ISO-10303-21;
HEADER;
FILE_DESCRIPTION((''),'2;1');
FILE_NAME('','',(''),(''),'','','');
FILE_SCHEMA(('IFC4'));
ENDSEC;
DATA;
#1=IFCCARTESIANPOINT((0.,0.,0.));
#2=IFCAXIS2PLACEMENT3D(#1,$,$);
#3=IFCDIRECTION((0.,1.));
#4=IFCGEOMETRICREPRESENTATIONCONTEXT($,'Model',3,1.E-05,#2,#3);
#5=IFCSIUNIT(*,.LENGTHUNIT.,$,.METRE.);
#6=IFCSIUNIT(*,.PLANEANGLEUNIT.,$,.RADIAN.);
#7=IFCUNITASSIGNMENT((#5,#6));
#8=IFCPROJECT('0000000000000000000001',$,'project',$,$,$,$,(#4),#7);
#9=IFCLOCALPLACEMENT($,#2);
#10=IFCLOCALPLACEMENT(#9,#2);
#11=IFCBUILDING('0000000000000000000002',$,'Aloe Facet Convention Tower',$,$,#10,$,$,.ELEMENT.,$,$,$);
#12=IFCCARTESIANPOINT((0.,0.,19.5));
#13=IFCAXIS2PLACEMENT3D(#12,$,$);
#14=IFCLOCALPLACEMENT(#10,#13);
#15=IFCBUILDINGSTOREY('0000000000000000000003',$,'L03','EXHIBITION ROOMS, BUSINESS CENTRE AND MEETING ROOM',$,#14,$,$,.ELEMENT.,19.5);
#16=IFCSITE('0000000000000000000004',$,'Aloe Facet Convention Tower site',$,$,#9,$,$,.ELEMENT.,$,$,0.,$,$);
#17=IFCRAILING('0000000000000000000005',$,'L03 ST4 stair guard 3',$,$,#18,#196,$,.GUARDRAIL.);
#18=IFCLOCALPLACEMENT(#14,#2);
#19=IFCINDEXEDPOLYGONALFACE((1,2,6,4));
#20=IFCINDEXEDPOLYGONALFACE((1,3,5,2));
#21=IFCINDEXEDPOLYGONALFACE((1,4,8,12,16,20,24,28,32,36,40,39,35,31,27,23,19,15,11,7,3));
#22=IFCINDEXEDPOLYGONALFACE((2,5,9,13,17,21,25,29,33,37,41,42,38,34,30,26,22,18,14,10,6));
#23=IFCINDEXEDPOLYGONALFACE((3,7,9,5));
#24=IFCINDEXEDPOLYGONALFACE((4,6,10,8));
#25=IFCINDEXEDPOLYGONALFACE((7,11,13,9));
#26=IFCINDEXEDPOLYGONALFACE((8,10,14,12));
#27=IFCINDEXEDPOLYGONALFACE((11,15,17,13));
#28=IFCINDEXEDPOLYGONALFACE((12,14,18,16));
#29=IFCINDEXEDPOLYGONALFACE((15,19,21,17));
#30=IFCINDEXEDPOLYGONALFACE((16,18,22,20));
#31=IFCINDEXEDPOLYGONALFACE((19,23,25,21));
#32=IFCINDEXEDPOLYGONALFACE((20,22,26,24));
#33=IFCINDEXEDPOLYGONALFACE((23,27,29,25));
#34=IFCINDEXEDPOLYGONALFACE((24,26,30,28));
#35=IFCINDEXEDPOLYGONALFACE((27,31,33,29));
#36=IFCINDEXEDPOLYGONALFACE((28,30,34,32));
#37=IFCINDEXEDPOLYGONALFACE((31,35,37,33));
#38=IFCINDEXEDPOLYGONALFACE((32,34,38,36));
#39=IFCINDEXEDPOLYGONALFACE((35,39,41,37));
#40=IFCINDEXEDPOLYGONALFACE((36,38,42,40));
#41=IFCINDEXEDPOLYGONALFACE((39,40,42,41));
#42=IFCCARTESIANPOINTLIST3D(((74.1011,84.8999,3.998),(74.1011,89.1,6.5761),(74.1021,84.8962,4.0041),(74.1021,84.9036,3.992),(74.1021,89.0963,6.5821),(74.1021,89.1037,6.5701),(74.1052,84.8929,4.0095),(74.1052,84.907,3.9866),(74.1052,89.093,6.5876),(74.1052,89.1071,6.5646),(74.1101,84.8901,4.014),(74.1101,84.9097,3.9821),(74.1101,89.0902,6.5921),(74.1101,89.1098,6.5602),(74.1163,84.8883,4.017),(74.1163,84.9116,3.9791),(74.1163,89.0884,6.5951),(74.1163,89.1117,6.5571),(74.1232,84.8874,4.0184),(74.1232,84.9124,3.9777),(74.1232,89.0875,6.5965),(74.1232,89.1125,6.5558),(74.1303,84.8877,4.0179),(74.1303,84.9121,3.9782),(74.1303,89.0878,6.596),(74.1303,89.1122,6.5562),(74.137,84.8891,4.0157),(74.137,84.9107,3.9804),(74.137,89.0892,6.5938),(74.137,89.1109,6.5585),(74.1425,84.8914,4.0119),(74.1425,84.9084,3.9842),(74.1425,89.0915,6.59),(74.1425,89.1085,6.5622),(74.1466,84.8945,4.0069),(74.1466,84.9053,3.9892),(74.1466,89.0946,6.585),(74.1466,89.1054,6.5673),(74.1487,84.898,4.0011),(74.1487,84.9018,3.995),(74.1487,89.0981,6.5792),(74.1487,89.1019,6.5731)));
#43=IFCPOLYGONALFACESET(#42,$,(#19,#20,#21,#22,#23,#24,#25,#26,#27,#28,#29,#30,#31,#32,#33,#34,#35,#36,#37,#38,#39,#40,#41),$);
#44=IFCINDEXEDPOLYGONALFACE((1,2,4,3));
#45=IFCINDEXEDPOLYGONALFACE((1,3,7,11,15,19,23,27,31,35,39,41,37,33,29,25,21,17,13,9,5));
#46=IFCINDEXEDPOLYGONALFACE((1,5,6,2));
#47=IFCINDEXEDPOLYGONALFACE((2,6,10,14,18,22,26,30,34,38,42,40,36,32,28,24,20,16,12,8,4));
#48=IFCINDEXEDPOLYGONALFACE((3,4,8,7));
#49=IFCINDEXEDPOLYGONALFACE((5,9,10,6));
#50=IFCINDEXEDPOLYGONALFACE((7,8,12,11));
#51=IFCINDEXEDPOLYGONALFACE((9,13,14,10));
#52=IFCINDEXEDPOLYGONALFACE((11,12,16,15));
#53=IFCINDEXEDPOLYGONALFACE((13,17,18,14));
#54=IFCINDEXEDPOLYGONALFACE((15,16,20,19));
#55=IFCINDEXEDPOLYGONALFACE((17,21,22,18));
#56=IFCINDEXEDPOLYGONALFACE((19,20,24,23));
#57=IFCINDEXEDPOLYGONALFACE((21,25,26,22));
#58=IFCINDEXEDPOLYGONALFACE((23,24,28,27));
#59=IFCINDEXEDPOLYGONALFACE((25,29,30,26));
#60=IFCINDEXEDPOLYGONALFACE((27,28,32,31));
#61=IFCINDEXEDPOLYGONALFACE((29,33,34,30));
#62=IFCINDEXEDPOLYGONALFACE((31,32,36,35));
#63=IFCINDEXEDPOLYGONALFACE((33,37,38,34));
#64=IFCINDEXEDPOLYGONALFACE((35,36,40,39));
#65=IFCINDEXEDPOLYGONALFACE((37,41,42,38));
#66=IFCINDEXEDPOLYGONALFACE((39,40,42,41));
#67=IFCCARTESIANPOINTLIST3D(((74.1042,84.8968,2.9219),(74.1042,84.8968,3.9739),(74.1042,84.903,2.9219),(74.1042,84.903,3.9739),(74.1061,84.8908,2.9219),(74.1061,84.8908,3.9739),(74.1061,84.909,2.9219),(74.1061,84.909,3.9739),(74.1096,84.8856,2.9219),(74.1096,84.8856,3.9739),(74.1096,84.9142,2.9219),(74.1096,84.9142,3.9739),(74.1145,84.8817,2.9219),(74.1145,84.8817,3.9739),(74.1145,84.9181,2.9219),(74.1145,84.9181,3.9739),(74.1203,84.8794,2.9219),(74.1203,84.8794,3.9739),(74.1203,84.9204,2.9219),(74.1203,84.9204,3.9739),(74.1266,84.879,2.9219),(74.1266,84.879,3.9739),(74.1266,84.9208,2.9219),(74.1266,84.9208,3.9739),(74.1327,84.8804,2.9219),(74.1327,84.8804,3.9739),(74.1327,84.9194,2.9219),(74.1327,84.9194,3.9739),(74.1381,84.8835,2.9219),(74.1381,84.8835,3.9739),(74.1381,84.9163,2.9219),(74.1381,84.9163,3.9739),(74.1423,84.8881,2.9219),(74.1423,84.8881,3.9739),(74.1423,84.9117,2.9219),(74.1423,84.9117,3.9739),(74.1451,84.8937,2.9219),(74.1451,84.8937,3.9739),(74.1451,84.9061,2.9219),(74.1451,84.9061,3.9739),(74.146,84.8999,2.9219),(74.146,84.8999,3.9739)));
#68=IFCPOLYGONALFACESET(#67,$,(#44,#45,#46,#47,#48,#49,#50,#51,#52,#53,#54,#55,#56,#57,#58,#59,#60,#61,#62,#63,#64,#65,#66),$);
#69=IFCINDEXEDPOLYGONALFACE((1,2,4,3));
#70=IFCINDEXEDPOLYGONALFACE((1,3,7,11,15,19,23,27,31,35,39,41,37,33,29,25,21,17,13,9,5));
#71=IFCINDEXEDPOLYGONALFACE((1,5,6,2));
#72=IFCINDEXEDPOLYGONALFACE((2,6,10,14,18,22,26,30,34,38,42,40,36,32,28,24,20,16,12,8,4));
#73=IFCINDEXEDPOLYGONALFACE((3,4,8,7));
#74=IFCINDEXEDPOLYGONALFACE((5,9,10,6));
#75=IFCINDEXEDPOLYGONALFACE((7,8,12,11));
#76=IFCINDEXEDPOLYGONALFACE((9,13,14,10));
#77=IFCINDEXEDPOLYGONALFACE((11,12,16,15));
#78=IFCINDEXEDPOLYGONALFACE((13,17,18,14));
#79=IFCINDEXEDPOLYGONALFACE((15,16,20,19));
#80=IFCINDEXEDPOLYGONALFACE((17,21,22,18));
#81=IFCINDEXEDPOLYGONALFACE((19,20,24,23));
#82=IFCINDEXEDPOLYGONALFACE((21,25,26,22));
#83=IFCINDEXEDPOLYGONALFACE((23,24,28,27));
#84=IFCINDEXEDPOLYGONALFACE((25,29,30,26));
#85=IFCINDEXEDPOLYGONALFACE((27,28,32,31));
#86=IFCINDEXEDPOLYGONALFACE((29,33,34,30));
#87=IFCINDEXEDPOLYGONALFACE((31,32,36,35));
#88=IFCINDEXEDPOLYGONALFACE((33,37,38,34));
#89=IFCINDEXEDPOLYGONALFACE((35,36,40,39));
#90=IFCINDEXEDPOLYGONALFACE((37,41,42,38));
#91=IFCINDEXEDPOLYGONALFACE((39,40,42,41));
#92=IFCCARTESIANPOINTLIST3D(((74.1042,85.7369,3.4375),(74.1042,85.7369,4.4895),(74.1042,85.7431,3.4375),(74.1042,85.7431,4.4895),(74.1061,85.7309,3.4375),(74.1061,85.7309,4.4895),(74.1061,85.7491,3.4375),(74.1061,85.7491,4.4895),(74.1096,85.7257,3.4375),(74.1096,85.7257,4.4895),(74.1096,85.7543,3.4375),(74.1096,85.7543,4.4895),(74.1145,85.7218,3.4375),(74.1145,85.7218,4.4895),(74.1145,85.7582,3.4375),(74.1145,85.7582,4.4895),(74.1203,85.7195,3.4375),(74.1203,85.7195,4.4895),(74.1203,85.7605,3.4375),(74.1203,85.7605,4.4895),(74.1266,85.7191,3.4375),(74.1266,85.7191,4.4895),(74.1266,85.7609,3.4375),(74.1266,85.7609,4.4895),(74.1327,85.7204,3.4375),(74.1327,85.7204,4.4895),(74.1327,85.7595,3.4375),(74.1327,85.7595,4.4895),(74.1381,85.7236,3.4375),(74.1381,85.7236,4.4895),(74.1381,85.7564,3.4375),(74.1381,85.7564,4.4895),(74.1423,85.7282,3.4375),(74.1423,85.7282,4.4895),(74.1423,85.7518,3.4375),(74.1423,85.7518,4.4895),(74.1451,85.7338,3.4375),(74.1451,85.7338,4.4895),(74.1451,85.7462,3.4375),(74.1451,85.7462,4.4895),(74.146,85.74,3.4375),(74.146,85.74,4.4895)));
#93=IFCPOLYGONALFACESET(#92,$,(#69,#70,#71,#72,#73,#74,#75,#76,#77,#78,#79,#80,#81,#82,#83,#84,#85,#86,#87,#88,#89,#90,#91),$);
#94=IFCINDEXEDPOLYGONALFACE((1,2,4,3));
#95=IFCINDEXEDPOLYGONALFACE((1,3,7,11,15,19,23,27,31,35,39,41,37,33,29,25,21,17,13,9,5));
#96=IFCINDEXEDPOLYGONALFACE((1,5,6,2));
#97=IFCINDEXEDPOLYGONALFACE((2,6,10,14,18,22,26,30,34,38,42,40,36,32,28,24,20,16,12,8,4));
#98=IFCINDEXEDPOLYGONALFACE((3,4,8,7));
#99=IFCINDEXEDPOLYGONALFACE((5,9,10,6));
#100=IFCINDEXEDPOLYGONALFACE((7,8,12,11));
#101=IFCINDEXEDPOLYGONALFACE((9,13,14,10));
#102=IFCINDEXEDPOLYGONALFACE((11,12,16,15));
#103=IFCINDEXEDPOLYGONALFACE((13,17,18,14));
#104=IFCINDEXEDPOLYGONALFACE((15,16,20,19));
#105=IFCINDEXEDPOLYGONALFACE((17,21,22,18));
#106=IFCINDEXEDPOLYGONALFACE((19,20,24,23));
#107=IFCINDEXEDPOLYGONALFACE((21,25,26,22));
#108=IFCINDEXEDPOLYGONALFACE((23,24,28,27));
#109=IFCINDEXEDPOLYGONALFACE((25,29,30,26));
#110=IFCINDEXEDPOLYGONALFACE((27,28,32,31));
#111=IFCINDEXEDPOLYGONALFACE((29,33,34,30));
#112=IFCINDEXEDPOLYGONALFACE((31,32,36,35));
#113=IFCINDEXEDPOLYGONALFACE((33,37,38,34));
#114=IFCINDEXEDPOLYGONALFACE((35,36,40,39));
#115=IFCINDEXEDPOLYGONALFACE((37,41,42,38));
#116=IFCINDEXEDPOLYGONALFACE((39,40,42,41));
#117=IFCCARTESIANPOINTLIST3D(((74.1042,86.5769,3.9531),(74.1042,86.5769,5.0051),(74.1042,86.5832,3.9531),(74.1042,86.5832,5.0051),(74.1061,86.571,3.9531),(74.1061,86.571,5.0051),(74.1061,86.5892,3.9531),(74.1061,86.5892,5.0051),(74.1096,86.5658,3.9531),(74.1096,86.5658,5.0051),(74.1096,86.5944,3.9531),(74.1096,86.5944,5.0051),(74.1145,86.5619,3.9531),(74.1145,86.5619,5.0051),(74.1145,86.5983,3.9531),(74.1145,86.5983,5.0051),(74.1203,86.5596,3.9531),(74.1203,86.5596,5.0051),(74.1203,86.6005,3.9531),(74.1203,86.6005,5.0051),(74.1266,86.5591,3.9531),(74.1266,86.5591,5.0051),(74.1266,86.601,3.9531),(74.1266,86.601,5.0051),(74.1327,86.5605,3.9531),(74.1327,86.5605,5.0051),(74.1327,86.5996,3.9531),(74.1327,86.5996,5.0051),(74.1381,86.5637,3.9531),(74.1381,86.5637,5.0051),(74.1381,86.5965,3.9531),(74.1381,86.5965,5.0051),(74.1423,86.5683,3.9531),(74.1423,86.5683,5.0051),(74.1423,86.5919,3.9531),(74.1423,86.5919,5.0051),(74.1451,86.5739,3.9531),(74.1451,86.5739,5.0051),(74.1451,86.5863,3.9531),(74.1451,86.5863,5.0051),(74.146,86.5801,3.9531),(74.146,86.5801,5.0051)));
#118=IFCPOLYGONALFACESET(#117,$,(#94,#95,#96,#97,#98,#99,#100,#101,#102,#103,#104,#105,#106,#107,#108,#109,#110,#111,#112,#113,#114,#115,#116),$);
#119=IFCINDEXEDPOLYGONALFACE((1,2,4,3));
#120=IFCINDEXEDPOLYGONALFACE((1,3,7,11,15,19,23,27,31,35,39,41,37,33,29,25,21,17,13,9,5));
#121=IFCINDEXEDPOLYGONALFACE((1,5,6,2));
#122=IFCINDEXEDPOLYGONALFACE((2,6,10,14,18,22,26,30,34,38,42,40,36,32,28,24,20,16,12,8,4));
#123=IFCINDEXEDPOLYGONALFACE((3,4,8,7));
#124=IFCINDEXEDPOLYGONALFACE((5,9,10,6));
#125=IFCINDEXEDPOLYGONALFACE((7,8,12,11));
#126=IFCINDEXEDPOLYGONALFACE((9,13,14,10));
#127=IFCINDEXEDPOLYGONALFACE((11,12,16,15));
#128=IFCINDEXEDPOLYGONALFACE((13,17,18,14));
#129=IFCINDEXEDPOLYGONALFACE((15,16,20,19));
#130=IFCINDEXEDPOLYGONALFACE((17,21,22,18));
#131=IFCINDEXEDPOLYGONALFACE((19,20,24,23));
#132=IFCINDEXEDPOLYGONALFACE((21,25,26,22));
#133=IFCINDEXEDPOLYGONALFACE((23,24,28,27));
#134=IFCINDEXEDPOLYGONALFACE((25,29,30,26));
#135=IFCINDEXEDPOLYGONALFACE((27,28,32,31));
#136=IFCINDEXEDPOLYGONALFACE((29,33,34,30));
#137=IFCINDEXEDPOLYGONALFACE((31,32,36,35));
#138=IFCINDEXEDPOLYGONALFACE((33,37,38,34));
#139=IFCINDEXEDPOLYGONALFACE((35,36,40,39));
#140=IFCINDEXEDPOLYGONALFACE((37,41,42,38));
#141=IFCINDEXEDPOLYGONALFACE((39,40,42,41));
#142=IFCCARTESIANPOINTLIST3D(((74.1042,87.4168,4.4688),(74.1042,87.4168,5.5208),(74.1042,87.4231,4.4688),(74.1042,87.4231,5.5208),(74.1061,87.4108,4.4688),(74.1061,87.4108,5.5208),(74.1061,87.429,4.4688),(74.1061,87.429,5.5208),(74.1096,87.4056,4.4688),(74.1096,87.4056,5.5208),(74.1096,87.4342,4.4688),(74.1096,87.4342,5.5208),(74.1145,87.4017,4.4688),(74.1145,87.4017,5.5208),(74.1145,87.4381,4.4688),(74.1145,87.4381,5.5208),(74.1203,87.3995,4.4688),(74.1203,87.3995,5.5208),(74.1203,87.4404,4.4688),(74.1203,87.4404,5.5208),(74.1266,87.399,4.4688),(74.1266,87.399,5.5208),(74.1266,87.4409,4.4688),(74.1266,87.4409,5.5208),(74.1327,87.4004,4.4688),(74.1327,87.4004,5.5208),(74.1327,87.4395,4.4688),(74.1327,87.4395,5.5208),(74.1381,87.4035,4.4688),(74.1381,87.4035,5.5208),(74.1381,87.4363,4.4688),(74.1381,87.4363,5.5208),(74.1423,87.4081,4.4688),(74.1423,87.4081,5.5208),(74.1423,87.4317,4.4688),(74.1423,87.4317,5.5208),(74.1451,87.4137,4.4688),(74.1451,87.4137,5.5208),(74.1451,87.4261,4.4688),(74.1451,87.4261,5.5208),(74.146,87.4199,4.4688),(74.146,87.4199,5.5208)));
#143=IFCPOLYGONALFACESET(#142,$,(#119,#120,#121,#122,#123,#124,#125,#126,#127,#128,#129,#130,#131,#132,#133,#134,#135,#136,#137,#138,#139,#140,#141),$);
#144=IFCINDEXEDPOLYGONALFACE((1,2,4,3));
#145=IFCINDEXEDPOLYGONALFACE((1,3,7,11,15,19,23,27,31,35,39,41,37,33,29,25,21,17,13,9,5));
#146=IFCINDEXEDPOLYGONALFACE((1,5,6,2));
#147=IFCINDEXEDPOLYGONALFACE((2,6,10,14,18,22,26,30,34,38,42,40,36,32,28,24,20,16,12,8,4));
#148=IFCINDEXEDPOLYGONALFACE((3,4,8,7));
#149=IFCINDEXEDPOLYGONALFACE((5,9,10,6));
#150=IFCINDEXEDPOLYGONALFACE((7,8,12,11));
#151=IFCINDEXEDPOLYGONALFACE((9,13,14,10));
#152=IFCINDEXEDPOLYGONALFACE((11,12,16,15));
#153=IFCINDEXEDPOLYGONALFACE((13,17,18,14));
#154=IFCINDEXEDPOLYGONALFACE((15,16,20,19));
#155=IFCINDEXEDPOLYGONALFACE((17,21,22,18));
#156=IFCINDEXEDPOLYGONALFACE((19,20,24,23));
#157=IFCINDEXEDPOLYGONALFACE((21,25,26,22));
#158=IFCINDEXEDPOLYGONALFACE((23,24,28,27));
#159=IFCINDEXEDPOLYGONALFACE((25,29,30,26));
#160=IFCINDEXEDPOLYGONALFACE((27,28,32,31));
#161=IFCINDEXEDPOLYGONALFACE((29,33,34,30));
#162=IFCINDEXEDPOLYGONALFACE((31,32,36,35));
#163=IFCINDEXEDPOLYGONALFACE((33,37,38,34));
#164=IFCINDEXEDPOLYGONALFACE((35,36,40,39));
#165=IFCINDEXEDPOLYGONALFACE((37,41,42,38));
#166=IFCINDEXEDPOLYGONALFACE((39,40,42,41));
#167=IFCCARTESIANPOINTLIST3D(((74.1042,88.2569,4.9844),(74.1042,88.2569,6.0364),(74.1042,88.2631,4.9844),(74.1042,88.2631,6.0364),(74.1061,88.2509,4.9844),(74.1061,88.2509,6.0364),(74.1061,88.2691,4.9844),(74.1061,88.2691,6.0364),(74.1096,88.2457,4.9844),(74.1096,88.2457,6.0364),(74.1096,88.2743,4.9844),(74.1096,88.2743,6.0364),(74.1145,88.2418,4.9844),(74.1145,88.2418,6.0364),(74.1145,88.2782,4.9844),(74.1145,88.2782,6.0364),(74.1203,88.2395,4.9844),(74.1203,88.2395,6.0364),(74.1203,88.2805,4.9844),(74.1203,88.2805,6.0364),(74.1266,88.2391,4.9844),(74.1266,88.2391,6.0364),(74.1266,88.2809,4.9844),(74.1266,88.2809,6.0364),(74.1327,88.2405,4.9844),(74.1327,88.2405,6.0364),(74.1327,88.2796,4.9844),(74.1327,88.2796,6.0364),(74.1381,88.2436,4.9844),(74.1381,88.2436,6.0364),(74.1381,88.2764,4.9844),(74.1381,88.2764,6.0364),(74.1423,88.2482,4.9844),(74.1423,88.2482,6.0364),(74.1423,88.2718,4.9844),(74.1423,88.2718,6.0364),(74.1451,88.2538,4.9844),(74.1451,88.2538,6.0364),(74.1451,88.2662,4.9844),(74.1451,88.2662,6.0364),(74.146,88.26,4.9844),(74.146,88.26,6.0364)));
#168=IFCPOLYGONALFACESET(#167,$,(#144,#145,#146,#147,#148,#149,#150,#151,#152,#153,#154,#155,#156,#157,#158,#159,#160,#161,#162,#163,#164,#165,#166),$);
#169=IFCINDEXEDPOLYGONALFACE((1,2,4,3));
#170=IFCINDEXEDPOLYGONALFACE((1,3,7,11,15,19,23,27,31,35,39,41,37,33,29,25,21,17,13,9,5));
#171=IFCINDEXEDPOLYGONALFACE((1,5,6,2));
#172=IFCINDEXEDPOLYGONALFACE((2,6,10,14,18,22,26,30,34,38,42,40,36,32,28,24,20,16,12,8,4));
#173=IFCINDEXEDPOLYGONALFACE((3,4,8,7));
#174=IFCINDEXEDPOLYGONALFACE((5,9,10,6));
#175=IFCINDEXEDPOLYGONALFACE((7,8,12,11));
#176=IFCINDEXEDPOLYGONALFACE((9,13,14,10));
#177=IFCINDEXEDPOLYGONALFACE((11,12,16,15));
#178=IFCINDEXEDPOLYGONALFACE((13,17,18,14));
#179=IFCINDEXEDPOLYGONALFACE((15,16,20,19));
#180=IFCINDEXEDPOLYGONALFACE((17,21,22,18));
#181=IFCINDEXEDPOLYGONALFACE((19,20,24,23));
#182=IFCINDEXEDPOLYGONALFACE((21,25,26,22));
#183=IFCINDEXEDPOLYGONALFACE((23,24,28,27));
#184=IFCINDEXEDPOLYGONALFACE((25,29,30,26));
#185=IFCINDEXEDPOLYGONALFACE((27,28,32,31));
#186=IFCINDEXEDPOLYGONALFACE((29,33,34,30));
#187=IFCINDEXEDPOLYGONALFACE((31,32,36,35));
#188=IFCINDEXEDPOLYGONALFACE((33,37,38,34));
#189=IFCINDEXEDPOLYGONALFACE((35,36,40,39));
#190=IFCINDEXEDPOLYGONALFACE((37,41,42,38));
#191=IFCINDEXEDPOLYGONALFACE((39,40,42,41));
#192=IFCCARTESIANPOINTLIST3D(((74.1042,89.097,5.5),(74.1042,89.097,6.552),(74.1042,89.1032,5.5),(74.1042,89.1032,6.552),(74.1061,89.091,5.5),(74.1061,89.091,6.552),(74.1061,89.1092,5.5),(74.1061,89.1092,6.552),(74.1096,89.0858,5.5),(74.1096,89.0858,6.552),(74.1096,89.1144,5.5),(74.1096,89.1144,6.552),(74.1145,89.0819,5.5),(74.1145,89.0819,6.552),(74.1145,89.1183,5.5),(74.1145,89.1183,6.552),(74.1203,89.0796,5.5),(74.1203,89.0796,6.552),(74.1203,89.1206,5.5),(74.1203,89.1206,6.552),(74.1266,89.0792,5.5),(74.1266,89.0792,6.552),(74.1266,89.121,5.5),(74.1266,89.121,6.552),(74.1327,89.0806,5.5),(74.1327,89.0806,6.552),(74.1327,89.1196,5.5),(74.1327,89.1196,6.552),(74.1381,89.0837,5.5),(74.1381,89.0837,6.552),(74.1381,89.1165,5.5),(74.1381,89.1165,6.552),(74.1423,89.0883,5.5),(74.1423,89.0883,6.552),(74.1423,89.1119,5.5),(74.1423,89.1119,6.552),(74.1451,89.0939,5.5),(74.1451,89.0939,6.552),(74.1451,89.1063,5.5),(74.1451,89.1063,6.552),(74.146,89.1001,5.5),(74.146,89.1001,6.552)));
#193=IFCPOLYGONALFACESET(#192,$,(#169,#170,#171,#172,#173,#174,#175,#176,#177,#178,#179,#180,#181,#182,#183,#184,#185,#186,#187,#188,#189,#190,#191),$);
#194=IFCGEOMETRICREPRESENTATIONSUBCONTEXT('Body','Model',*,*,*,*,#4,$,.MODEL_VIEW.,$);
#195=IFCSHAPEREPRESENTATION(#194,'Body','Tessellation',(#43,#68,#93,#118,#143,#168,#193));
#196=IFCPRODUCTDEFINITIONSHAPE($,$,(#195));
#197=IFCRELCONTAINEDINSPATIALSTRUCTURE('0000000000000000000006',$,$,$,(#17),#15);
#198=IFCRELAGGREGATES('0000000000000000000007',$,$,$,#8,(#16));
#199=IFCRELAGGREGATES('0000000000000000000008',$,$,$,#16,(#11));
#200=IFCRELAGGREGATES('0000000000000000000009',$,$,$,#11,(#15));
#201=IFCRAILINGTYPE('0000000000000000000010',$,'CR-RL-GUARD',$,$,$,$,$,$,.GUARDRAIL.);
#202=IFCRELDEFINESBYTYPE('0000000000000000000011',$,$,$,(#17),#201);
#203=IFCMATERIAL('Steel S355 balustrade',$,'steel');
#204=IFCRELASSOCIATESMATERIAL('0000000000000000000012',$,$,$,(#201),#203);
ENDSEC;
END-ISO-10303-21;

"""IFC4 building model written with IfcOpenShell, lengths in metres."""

from ifc_helpers import new_model, si_unit, direction, frame, origin, origin_2d, place, context, subcontext, project, spatial, circle, extrude, material, type_object, element, save


model = new_model("IFC4")

# Units and contexts
model_context = context("Model", 3, precision=1e-05, world=origin(), true_north=direction((0.0, 1.0)))
body_context = subcontext(model_context, "Body", "Model", "MODEL_VIEW")
ifc_project = project(units=[si_unit("LENGTHUNIT", "METRE"), si_unit("PLANEANGLEUNIT", "RADIAN")], contexts=[model_context])

# Site, building, storey
site_placement = place(None, origin())
site = spatial("IfcSite", under=ifc_project, at=site_placement, Name="Aloe Facet Convention Tower site", CompositionType="ELEMENT", RefElevation=0.0)
building_placement = place(site_placement, origin())
building = spatial("IfcBuilding", under=site, at=building_placement, Name="Aloe Facet Convention Tower", CompositionType="ELEMENT")
storey_placement = place(building_placement, frame((0.0, 0.0, 19.5)))
storey = spatial("IfcBuildingStorey", under=building, at=storey_placement, Name="L03", Description="EXHIBITION ROOMS, BUSINESS CENTRE AND MEETING ROOM", CompositionType="ELEMENT", Elevation=19.5)

# Railing
ifc_material_1 = material(Name="Steel S355 balustrade", Category="steel")
railing_type_1 = type_object("IfcRailingType", Name="CR-RL-GUARD", PredefinedType="GUARDRAIL", material=ifc_material_1)
railing_1_placement = place(storey_placement, frame((74.125, 84.8999, 2.9219)))
element("IfcRailing", 1, at=railing_1_placement, inside=storey, type_object=railing_type_1, Name="L03 ST4 stair guard 3", PredefinedType="GUARDRAIL", context=body_context, shape_type="SweptSolid", body=[
    extrude(circle(Radius=0.0239, at=origin_2d()), frame((0.0, 0.0, 1.0762), z_axis=(0.0, 0.852256, 0.523124), x_axis=(-1.0, 0.0, 0.0)), (0.0, 0.0, 1.0), 4.9282),
    extrude(circle(Radius=0.021, at=origin_2d()), origin(), (0.0, 0.0, 1.0), 1.052),
    extrude(circle(Radius=0.021, at=origin_2d()), frame((0.0, 0.8401, 0.5156)), (0.0, 0.0, 1.0), 1.052),
    extrude(circle(Radius=0.021, at=origin_2d()), frame((0.0, 1.6802, 1.0312)), (0.0, 0.0, 1.0), 1.052),
    extrude(circle(Radius=0.021, at=origin_2d()), frame((0.0, 2.52, 1.5469)), (0.0, 0.0, 1.0), 1.052),
    extrude(circle(Radius=0.021, at=origin_2d()), frame((0.0, 3.3601, 2.0625)), (0.0, 0.0, 1.0), 1.052),
    extrude(circle(Radius=0.021, at=origin_2d()), frame((0.0, 4.2002, 2.5781)), (0.0, 0.0, 1.0), 1.052),
])

save(model, "model.ifc")
